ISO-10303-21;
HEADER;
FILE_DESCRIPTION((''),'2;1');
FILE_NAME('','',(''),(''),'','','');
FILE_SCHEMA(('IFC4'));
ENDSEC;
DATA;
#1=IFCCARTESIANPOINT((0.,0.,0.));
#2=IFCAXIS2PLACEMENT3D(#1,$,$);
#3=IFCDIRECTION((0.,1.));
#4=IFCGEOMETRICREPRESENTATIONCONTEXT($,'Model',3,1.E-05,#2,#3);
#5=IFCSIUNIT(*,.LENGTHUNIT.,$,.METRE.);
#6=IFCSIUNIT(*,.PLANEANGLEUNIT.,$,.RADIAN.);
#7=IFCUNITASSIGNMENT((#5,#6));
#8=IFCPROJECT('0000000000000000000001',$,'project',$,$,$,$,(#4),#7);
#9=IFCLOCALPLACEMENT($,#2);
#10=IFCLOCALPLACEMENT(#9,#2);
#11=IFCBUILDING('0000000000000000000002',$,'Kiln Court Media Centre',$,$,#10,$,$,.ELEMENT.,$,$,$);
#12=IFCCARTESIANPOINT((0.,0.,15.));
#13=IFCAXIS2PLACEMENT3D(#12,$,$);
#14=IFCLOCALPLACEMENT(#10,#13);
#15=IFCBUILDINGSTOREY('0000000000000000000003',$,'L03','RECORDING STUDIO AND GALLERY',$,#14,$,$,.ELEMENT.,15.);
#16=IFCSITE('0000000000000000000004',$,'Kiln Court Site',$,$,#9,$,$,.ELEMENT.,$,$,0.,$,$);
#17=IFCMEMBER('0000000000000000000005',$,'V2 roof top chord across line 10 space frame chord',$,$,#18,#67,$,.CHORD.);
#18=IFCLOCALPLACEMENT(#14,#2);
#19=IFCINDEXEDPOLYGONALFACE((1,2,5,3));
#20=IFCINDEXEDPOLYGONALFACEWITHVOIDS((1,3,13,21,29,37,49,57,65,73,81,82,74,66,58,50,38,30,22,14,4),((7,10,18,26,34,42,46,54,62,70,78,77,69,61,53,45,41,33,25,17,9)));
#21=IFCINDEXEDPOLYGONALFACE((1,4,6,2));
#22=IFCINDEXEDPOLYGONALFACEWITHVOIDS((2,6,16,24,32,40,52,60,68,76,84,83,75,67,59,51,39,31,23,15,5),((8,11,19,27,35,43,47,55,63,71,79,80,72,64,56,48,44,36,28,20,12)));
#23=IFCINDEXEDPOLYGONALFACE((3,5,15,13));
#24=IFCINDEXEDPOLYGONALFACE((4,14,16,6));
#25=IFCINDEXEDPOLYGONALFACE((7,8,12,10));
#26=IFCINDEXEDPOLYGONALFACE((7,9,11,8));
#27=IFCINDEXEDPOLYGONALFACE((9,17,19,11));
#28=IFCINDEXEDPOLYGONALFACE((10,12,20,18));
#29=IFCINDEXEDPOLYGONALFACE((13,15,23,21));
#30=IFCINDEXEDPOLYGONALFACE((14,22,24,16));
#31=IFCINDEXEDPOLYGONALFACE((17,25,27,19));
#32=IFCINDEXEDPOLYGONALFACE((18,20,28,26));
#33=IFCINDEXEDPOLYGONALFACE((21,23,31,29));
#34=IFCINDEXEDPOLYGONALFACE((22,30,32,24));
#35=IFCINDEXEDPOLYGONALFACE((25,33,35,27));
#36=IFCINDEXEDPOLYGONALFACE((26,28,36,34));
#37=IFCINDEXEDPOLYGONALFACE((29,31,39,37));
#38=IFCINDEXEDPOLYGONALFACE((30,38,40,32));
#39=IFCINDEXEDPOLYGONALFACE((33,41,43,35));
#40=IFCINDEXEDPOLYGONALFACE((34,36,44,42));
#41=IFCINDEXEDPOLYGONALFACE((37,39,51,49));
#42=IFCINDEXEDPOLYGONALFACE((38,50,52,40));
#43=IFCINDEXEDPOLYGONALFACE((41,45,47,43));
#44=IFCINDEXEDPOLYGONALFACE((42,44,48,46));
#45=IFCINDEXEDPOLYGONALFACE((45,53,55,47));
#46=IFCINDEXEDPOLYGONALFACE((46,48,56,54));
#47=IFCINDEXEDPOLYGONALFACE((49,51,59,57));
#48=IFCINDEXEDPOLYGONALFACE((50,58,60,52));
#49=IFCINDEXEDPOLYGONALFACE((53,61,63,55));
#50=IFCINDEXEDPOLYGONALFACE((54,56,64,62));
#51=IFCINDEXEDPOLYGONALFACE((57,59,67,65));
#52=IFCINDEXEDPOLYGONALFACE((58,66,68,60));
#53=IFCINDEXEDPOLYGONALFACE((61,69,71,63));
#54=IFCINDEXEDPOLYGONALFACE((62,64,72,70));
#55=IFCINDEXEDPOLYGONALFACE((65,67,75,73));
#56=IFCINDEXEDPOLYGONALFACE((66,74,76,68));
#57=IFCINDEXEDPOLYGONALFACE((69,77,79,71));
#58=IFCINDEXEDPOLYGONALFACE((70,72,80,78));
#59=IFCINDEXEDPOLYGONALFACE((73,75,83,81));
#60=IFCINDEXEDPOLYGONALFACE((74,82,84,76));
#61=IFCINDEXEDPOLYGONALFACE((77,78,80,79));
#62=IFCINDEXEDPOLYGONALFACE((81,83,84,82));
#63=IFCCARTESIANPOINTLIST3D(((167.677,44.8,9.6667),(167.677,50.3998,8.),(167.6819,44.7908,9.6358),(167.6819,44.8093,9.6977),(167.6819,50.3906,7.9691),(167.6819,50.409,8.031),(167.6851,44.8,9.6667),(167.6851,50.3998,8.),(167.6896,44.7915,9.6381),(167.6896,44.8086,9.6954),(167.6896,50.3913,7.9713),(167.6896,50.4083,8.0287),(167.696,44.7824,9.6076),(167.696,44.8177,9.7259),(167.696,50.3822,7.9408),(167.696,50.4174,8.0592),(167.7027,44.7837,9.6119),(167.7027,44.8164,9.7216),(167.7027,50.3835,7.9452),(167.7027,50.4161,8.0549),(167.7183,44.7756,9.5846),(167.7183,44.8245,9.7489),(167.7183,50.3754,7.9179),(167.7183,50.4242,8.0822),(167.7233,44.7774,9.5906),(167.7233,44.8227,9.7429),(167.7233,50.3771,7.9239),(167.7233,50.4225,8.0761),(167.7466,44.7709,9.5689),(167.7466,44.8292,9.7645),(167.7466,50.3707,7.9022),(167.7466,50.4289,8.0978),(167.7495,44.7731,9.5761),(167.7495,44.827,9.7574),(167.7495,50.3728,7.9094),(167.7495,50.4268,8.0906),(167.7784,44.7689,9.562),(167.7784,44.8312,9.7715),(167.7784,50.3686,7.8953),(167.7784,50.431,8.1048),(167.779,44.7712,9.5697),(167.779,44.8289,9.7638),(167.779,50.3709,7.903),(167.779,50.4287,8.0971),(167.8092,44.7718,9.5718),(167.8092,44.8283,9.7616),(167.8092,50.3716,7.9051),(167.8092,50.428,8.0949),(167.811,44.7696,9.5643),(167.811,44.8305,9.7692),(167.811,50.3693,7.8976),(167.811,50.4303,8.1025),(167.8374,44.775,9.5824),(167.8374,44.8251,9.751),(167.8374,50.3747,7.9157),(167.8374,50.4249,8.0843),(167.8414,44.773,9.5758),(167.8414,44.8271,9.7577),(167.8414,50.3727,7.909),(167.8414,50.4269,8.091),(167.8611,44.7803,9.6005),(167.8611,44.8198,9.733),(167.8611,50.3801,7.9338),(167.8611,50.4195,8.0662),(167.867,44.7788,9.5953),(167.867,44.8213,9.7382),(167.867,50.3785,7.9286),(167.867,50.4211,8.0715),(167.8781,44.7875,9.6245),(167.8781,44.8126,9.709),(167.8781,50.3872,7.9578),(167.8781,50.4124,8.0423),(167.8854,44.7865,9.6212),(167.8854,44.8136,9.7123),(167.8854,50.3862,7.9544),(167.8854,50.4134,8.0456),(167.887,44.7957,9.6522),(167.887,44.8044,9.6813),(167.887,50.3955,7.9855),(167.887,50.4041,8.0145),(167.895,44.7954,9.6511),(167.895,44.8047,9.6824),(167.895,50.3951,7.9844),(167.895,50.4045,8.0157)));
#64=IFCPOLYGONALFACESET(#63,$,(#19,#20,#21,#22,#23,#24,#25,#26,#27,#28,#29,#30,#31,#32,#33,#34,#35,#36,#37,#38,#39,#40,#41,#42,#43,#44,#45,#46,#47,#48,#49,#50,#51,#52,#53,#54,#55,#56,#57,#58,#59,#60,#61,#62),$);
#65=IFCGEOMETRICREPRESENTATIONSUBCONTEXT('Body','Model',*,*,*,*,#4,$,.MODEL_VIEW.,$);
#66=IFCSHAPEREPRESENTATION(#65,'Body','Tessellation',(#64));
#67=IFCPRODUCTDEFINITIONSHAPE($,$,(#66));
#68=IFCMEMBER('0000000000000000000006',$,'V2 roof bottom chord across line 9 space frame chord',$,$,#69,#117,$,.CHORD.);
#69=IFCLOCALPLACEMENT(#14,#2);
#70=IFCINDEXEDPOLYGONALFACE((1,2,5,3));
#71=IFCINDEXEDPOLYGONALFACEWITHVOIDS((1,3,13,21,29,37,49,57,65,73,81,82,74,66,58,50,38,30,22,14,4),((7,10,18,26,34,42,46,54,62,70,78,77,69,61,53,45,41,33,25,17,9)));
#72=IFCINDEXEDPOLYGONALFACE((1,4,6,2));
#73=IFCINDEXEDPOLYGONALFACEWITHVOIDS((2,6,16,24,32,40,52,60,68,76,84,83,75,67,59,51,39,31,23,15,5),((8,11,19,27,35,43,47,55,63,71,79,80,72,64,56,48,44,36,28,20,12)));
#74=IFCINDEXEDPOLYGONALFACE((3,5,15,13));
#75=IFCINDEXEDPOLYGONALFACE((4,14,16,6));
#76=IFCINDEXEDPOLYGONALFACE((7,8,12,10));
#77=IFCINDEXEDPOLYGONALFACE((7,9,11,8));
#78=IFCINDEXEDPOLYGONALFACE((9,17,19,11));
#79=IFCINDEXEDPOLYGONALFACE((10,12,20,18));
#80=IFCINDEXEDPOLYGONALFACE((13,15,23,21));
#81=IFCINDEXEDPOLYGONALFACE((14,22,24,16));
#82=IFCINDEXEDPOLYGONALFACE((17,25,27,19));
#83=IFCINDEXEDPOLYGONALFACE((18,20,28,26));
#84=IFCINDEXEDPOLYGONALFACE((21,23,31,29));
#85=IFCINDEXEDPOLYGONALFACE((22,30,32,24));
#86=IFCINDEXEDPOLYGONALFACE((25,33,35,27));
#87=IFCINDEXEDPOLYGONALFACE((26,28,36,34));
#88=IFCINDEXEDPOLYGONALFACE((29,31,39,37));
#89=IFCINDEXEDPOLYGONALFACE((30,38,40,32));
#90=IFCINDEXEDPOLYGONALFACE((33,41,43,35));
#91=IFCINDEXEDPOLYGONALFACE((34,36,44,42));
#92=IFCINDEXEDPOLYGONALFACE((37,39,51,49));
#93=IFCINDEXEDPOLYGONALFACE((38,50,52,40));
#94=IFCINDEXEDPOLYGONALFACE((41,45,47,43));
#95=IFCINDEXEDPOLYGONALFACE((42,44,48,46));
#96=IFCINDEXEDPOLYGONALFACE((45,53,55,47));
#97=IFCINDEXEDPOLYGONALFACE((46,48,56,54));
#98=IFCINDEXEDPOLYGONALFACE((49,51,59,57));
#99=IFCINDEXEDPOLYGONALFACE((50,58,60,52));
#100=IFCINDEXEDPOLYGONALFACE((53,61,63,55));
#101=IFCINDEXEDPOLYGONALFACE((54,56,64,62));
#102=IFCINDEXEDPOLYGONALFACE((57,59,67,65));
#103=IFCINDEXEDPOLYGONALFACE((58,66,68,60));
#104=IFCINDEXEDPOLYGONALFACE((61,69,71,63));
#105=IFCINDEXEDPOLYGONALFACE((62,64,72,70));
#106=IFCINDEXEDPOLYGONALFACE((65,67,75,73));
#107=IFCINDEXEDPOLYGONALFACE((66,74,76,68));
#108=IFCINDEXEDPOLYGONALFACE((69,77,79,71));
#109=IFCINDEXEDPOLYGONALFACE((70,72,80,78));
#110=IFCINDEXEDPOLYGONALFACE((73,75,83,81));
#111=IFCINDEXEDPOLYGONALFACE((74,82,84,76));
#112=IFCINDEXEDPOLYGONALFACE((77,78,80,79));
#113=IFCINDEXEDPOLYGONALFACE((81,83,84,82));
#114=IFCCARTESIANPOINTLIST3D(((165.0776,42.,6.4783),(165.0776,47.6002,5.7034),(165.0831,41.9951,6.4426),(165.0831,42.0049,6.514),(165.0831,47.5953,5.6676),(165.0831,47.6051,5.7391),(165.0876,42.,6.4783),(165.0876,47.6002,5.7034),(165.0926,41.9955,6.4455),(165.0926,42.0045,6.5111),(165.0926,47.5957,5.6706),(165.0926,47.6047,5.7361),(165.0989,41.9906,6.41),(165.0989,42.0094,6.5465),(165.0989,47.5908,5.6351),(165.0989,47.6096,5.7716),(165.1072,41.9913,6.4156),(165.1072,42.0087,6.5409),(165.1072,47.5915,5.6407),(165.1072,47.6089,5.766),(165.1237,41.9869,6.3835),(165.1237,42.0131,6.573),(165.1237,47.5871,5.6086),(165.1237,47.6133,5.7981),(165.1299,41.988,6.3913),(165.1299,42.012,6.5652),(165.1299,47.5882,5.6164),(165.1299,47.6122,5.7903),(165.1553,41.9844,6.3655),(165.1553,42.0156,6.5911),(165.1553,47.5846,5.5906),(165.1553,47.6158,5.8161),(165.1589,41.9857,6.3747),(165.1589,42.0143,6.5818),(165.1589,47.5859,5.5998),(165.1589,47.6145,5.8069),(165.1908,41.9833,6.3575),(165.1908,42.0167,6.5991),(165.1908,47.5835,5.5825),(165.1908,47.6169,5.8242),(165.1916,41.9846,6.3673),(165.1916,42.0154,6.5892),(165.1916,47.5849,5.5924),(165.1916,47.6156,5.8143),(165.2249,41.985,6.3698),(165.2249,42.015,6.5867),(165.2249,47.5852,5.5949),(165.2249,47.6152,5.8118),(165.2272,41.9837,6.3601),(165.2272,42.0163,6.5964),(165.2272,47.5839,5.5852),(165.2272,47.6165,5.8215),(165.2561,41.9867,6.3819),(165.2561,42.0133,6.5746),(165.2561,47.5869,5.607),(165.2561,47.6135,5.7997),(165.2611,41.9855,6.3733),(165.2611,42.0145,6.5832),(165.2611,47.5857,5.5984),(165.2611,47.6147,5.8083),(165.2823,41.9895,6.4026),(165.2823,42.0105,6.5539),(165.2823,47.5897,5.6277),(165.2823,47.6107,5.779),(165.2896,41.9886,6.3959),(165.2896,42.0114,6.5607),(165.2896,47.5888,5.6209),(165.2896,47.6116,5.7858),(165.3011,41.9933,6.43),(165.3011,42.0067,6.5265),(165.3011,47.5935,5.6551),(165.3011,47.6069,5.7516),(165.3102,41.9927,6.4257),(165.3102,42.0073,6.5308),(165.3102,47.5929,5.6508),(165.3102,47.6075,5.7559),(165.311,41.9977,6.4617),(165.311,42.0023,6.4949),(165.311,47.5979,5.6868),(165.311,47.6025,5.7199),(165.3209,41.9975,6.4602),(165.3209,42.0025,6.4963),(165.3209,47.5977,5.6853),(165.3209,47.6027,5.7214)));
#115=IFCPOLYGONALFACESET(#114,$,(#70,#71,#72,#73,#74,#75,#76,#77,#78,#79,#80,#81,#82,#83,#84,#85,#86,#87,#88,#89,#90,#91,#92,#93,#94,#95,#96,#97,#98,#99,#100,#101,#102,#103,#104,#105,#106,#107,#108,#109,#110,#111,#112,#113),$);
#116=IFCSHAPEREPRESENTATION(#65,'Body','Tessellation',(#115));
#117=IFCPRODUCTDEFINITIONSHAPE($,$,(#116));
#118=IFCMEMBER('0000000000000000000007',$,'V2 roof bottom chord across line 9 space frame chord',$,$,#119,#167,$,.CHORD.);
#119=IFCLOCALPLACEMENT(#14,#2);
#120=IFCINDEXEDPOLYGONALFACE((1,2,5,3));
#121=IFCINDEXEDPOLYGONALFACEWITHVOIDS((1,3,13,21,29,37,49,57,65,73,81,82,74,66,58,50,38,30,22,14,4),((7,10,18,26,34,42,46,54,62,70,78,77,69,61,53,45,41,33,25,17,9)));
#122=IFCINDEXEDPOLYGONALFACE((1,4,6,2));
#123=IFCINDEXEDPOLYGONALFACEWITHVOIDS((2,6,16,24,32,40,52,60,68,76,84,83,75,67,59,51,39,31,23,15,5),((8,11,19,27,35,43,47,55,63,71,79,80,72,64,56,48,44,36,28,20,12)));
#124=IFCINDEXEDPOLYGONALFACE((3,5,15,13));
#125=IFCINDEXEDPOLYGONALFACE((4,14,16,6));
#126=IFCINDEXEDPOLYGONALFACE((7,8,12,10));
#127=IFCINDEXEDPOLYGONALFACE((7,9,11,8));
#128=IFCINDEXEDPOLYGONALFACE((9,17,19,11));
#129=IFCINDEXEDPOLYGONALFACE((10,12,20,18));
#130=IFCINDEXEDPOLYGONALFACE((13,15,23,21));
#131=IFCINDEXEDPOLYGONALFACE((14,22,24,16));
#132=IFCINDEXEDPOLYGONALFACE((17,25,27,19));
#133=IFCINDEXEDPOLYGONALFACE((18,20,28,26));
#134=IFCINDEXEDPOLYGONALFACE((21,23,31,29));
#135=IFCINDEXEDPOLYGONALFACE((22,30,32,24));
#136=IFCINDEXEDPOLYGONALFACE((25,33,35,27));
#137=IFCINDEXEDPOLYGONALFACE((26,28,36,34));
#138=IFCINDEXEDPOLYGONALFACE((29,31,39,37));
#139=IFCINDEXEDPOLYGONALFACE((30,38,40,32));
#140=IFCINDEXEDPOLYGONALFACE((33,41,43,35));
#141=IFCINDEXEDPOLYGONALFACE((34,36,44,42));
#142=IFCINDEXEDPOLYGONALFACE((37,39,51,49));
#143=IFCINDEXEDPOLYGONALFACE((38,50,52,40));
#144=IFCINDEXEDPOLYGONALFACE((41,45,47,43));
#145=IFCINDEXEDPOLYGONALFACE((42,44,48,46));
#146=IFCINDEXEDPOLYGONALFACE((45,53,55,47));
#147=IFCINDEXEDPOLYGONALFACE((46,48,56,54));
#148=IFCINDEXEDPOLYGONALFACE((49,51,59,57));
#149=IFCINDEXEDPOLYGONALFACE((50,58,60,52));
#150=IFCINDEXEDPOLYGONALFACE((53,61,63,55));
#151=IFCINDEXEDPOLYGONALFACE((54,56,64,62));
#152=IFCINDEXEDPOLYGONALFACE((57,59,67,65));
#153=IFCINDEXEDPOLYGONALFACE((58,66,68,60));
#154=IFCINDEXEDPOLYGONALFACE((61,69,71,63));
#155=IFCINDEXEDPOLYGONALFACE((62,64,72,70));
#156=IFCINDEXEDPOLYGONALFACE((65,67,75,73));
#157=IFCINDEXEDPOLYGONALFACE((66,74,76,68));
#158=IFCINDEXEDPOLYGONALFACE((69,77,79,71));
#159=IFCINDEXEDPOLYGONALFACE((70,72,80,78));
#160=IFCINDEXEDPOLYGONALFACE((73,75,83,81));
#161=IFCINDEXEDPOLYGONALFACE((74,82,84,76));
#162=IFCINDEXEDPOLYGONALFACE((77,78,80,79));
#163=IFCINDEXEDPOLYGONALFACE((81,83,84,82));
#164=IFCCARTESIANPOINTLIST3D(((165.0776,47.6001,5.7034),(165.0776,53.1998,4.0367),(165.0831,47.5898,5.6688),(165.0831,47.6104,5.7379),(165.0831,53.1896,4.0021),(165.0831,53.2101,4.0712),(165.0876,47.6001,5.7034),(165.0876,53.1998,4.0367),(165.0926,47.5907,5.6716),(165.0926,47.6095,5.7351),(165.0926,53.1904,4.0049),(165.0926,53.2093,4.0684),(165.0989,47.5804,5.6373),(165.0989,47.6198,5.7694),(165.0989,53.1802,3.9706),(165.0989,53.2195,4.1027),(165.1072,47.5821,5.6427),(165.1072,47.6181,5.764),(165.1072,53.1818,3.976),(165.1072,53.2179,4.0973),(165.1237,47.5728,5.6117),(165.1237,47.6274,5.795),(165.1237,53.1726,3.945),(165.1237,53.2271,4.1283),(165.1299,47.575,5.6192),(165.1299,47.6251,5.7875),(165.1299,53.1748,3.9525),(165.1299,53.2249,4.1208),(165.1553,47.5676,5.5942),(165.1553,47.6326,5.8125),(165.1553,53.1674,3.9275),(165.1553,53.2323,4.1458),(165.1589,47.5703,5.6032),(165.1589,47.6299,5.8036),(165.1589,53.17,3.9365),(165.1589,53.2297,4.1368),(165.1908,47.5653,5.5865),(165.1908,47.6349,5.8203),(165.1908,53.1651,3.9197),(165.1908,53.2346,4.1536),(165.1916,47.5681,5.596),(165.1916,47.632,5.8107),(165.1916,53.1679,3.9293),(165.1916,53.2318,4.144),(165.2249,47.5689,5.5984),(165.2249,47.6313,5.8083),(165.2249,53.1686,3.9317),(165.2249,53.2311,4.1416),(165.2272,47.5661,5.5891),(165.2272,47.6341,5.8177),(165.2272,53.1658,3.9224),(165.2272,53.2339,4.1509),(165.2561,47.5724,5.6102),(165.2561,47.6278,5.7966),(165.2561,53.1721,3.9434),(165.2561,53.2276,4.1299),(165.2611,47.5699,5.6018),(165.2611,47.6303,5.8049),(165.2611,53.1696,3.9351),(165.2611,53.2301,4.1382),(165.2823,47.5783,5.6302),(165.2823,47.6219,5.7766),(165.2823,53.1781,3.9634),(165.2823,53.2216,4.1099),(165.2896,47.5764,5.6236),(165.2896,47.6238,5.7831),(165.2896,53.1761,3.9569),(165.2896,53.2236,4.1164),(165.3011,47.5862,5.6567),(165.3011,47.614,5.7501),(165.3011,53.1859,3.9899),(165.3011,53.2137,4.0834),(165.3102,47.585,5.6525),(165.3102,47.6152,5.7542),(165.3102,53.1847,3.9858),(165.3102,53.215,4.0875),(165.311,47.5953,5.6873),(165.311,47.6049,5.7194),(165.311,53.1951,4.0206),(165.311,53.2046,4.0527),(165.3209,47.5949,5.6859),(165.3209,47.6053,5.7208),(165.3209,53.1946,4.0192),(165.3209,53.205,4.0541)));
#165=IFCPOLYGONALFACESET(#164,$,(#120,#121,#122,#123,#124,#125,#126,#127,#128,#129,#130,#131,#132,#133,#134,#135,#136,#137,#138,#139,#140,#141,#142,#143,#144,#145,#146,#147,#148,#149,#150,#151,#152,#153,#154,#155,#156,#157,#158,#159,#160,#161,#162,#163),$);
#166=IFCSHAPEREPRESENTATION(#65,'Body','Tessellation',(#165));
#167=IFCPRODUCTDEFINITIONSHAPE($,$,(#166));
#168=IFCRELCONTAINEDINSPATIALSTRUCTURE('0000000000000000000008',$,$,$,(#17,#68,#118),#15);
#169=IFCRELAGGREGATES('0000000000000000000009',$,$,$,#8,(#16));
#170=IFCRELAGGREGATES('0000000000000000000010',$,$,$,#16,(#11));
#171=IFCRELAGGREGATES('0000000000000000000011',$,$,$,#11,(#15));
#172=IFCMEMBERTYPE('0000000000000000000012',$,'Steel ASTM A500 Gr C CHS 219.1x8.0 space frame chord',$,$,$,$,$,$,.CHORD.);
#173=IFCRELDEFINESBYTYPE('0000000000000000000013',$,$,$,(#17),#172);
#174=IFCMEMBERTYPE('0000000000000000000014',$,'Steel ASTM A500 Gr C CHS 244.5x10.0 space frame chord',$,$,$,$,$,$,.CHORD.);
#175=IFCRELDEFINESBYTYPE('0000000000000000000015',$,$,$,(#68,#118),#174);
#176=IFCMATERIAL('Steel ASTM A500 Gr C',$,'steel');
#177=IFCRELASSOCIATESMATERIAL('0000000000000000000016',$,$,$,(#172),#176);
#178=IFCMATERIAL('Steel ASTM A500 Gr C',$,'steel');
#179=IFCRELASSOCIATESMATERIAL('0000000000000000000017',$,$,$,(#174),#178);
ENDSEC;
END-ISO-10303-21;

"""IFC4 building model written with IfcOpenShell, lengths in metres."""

from ifc_helpers import new_model, si_unit, direction, frame, origin, origin_2d, place, context, subcontext, project, spatial, hollow_circle, extrude, material, material_profile, profile_set, type_object, element, save


model = new_model("IFC4")

# Units and contexts
model_context = context("Model", 3, precision=1e-05, world=origin(), true_north=direction((0.0, 1.0)))
body_context = subcontext(model_context, "Body", "Model", "MODEL_VIEW")
ifc_project = project(units=[si_unit("LENGTHUNIT", "METRE"), si_unit("PLANEANGLEUNIT", "RADIAN")], contexts=[model_context])

# Site, building, storey
site_placement = place(None, origin())
site = spatial("IfcSite", under=ifc_project, at=site_placement, Name="Kiln Court Site", CompositionType="ELEMENT", RefElevation=0.0)
building_placement = place(site_placement, origin())
building = spatial("IfcBuilding", under=site, at=building_placement, Name="Kiln Court Media Centre", CompositionType="ELEMENT")
storey_placement = place(building_placement, frame((0.0, 0.0, 15.0)))
storey = spatial("IfcBuildingStorey", under=building, at=storey_placement, Name="L03", Description="RECORDING STUDIO AND GALLERY", CompositionType="ELEMENT", Elevation=15.0)

# Members
ifc_material_1 = material(Name="Steel ASTM A500 Gr C", Category="steel")
ifc_material_profile_1 = material_profile(ifc_material_1, hollow_circle(Radius=0.1096, WallThickness=0.0081, at=origin_2d()), Name="CHS 219.1x8.0")
ifc_profile_set_1 = profile_set([ifc_material_profile_1], Name="Steel ASTM A500 Gr C")
member_type_1 = type_object("IfcMemberType", Name="Steel ASTM A500 Gr C CHS 219.1x8.0 space frame chord", PredefinedType="CHORD", material=ifc_profile_set_1)
member_1_placement = place(storey_placement, frame((167.7866, 44.8, 9.6667), z_axis=(0.0, 0.958446, -0.285273), x_axis=(-1.0, 0.0, 0.0)))
element("IfcMember", 1, at=member_1_placement, inside=storey, type_object=member_type_1, Name="V2 roof top chord across line 10 space frame chord", PredefinedType="CHORD", context=body_context, shape_type="SweptSolid", body=[
    extrude(hollow_circle(Radius=0.1096, WallThickness=0.0081, at=origin_2d()), origin(), (0.0, 0.0, 1.0), 5.8425),
])
ifc_material_2 = material(Name="Steel ASTM A500 Gr C", Category="steel")
ifc_material_profile_2 = material_profile(ifc_material_2, hollow_circle(Radius=0.1223, WallThickness=0.01, at=origin_2d()), Name="CHS 244.5x10.0")
ifc_profile_set_2 = profile_set([ifc_material_profile_2], Name="Steel ASTM A500 Gr C")
member_type_2 = type_object("IfcMemberType", Name="Steel ASTM A500 Gr C CHS 244.5x10.0 space frame chord", PredefinedType="CHORD", material=ifc_profile_set_2)
member_2_placement = place(storey_placement, frame((165.2, 42.0, 6.4783), z_axis=(0.0, 0.990562, -0.137067), x_axis=(-1.0, 0.0, 0.0)))
element("IfcMember", 2, at=member_2_placement, inside=storey, type_object=member_type_2, Name="V2 roof bottom chord across line 9 space frame chord", PredefinedType="CHORD", context=body_context, shape_type="SweptSolid", body=[
    extrude(hollow_circle(Radius=0.1223, WallThickness=0.01, at=origin_2d()), origin(), (0.0, 0.0, 1.0), 5.6536),
])
member_3_placement = place(storey_placement, frame((165.2, 47.6001, 5.7034), z_axis=(0.0, 0.958446, -0.285273), x_axis=(-1.0, 0.0, 0.0)))
element("IfcMember", 3, at=member_3_placement, inside=storey, type_object=member_type_2, Name="V2 roof bottom chord across line 9 space frame chord", PredefinedType="CHORD", context=body_context, shape_type="SweptSolid", body=[
    extrude(hollow_circle(Radius=0.1223, WallThickness=0.01, at=origin_2d()), origin(), (0.0, 0.0, 1.0), 5.8425),
])

save(model, "model.ifc")
